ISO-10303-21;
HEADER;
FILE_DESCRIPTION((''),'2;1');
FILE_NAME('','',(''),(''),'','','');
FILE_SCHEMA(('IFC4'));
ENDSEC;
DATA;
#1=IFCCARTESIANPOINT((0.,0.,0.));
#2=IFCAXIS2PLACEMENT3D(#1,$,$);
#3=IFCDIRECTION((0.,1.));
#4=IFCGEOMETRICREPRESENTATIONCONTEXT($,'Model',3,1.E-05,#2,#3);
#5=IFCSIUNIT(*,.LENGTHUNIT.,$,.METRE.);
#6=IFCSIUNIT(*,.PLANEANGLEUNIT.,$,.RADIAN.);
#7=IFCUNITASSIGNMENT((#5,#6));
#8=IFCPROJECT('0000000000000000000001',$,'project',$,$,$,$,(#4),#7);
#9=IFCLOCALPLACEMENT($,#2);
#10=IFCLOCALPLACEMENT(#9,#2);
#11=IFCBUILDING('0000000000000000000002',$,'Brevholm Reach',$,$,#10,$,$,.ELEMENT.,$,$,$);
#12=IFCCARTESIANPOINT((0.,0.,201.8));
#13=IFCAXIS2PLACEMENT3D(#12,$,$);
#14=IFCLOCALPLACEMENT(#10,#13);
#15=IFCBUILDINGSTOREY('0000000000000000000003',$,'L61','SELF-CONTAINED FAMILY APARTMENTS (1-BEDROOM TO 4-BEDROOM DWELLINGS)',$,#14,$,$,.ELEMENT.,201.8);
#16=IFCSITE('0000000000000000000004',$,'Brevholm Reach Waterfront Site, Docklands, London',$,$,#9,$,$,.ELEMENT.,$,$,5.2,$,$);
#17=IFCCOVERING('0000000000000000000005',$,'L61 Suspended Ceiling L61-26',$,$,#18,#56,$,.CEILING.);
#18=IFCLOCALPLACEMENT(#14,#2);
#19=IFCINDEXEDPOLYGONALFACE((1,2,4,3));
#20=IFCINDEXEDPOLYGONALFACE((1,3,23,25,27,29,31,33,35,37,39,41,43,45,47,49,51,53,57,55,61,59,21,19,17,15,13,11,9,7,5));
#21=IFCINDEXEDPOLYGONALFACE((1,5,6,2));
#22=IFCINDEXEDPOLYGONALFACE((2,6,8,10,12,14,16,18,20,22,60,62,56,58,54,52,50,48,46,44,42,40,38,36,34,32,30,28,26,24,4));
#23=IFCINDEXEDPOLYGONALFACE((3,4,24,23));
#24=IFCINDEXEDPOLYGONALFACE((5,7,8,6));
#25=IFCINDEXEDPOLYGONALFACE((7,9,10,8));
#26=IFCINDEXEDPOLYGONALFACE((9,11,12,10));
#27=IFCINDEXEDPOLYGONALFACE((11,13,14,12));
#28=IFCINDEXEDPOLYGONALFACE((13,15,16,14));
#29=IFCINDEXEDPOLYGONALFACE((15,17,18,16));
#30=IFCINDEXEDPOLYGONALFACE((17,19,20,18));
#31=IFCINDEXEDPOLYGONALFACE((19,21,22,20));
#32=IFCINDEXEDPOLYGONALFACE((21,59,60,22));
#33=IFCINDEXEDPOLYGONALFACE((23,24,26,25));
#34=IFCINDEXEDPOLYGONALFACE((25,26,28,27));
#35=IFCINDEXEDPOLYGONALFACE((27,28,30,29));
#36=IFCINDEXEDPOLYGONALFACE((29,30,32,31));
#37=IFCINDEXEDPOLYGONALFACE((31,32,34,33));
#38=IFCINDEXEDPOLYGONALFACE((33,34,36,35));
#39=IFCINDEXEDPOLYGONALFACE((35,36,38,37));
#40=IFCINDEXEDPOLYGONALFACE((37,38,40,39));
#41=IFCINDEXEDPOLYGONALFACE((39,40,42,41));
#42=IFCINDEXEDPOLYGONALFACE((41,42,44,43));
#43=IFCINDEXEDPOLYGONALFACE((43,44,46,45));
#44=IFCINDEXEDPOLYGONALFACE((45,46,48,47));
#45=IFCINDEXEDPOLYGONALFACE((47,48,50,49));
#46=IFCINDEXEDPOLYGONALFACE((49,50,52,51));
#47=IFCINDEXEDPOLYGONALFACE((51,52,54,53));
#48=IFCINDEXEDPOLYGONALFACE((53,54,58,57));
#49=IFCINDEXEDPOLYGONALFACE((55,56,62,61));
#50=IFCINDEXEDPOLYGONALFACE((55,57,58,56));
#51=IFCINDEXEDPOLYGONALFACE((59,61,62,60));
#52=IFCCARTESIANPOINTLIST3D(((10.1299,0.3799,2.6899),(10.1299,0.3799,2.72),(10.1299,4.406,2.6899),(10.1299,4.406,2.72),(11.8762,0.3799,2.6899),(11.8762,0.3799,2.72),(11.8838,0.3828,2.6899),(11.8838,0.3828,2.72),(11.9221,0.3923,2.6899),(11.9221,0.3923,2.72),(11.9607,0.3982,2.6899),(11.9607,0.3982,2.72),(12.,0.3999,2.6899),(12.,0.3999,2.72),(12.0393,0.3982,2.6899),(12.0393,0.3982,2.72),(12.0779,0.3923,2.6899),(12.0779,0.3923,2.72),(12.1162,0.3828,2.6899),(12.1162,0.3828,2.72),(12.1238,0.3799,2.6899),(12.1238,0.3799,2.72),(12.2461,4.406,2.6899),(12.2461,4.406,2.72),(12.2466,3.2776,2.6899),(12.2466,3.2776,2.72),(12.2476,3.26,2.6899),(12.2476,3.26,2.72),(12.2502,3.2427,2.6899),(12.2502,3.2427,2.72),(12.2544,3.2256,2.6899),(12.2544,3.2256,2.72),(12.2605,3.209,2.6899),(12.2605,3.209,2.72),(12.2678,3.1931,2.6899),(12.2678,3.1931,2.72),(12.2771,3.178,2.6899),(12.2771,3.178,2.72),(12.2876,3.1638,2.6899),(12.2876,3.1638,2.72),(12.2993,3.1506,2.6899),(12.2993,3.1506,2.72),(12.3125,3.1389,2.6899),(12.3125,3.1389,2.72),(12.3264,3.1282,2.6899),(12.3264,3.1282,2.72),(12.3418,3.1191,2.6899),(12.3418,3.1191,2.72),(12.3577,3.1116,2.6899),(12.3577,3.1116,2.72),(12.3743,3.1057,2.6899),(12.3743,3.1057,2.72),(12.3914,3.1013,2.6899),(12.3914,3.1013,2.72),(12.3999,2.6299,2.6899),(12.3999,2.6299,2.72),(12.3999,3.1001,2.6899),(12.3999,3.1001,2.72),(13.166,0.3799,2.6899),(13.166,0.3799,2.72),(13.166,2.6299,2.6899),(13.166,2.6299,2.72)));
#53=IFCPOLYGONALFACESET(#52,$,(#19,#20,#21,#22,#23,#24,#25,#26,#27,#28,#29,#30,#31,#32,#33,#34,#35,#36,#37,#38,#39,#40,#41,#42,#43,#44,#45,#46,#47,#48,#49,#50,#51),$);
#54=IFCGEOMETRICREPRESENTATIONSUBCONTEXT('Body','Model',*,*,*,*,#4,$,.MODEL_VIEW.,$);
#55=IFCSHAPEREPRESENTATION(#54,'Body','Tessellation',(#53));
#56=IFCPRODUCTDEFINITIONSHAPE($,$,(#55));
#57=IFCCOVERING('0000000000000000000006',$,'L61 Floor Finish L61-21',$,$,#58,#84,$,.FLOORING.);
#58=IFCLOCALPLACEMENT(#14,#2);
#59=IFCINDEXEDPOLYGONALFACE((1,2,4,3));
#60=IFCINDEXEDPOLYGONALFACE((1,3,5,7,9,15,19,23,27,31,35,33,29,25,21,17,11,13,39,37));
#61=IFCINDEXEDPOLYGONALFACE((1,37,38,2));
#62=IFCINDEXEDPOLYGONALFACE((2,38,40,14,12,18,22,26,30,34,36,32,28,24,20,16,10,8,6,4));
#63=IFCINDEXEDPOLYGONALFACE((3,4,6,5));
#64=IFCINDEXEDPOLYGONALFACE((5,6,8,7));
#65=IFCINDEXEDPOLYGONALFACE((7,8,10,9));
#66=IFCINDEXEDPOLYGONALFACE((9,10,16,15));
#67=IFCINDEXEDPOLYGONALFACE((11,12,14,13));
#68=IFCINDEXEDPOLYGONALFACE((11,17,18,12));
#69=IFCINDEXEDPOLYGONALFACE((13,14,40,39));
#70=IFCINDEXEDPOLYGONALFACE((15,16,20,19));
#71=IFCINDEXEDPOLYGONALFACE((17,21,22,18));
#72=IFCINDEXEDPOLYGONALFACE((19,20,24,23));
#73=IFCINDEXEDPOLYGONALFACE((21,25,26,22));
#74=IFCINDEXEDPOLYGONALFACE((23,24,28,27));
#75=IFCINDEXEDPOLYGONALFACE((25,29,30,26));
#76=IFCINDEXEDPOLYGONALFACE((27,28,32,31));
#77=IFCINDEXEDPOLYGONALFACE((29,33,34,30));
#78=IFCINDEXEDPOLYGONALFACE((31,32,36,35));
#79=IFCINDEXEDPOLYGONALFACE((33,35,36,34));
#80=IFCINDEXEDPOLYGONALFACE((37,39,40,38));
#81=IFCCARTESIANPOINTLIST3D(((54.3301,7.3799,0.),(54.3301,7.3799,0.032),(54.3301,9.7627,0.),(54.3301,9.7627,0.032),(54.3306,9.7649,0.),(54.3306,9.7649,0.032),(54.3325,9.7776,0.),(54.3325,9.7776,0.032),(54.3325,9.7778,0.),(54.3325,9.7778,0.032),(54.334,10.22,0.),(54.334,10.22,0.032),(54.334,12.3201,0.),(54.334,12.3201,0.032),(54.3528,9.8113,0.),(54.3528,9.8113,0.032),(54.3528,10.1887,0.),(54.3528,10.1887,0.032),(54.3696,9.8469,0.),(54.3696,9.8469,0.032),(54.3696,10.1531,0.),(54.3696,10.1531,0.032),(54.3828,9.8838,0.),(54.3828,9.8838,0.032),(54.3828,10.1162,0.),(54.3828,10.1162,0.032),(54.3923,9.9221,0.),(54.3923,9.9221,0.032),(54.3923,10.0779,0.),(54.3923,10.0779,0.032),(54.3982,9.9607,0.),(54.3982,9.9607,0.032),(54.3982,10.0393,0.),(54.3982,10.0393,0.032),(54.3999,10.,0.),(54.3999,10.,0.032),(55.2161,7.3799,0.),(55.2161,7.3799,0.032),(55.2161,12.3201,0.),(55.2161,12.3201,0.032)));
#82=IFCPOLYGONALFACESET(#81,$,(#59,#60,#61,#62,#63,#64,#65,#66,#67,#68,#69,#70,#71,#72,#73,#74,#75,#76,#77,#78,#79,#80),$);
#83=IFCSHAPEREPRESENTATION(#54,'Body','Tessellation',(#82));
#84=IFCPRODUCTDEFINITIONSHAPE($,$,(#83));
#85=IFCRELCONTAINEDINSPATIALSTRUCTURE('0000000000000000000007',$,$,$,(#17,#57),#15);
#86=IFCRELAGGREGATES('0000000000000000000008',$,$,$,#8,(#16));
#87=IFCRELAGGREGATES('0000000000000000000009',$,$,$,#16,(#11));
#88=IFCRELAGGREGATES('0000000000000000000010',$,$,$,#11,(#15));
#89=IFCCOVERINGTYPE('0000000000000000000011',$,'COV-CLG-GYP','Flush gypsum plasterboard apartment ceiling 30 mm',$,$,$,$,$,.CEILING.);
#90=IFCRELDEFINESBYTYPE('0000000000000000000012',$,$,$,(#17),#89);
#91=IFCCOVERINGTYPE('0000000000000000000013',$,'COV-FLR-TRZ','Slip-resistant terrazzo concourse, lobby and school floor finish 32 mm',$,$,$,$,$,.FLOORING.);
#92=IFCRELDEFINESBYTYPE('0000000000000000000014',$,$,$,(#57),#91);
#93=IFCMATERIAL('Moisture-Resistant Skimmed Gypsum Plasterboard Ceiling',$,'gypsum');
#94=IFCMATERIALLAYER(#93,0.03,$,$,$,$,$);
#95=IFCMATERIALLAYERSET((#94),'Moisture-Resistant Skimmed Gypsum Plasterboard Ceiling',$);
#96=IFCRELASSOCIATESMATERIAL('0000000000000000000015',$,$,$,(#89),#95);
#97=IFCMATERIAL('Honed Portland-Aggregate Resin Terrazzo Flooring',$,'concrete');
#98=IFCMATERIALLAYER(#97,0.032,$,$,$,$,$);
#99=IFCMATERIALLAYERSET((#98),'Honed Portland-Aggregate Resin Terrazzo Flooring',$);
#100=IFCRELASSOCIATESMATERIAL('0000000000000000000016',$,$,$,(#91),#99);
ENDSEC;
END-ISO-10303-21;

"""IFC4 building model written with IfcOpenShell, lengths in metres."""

from ifc_helpers import new_model, si_unit, direction, frame, origin, place, context, subcontext, project, spatial, polyline, outline, extrude, material, layer, layer_set, type_object, element, save


model = new_model("IFC4")

# Units and contexts
model_context = context("Model", 3, precision=1e-05, world=origin(), true_north=direction((0.0, 1.0)))
body_context = subcontext(model_context, "Body", "Model", "MODEL_VIEW")
ifc_project = project(units=[si_unit("LENGTHUNIT", "METRE"), si_unit("PLANEANGLEUNIT", "RADIAN")], contexts=[model_context])

# Site, building, storey
site_placement = place(None, origin())
site = spatial("IfcSite", under=ifc_project, at=site_placement, Name="Brevholm Reach Waterfront Site, Docklands, London", CompositionType="ELEMENT", RefElevation=5.2)
building_placement = place(site_placement, origin())
building = spatial("IfcBuilding", under=site, at=building_placement, Name="Brevholm Reach", CompositionType="ELEMENT")
storey_placement = place(building_placement, frame((0.0, 0.0, 201.8)))
storey = spatial("IfcBuildingStorey", under=building, at=storey_placement, Name="L61", Description="SELF-CONTAINED FAMILY APARTMENTS (1-BEDROOM TO 4-BEDROOM DWELLINGS)", CompositionType="ELEMENT", Elevation=201.8)

# Coverings
ifc_material_1 = material(Name="Moisture-Resistant Skimmed Gypsum Plasterboard Ceiling", Category="gypsum")
ifc_layer_1 = layer(ifc_material_1, 0.03)
ifc_layer_set_1 = layer_set([ifc_layer_1], Name="Moisture-Resistant Skimmed Gypsum Plasterboard Ceiling")
covering_type_1 = type_object("IfcCoveringType", Name="COV-CLG-GYP", Description="Flush gypsum plasterboard apartment ceiling 30 mm", PredefinedType="CEILING", material=ifc_layer_set_1)
covering_1_placement = place(storey_placement, frame((0.0, 0.0, 2.6899)))
element("IfcCovering", 1, at=covering_1_placement, inside=storey, type_object=covering_type_1, Name="L61 Suspended Ceiling L61-26", PredefinedType="CEILING", context=body_context, shape_type="SweptSolid", body=[
    extrude(outline(polyline([(12.2461, 4.406), (12.2466, 3.2776), (12.2476, 3.26), (12.2502, 3.2427), (12.2544, 3.2256), (12.2605, 3.209), (12.2678, 3.1931), (12.2771, 3.178), (12.2876, 3.1638), (12.2993, 3.1506), (12.3125, 3.1389), (12.3264, 3.1282), (12.3418, 3.1191), (12.3577, 3.1116), (12.3743, 3.1057), (12.3914, 3.1013), (12.3999, 3.1001), (12.3999, 2.6299), (13.166, 2.6299), (13.166, 0.3799), (12.1238, 0.3799), (12.1162, 0.3828), (12.0779, 0.3923), (12.0393, 0.3982), (12.0, 0.3999), (11.9607, 0.3982), (11.9221, 0.3923), (11.8838, 0.3828), (11.8762, 0.3799), (10.1299, 0.3799), (10.1299, 4.406), (12.2461, 4.406)])), origin(), (0.0, 0.0, 1.0), 0.03),
])
ifc_material_2 = material(Name="Honed Portland-Aggregate Resin Terrazzo Flooring", Category="concrete")
ifc_layer_2 = layer(ifc_material_2, 0.032)
ifc_layer_set_2 = layer_set([ifc_layer_2], Name="Honed Portland-Aggregate Resin Terrazzo Flooring")
covering_type_2 = type_object("IfcCoveringType", Name="COV-FLR-TRZ", Description="Slip-resistant terrazzo concourse, lobby and school floor finish 32 mm", PredefinedType="FLOORING", material=ifc_layer_set_2)
covering_2_placement = place(storey_placement, origin())
element("IfcCovering", 2, at=covering_2_placement, inside=storey, type_object=covering_type_2, Name="L61 Floor Finish L61-21", PredefinedType="FLOORING", context=body_context, shape_type="SweptSolid", body=[
    extrude(outline(polyline([(54.3301, 9.7627), (54.3306, 9.7649), (54.3325, 9.7776), (54.3325, 9.7778), (54.3528, 9.8113), (54.3696, 9.8469), (54.3828, 9.8838), (54.3923, 9.9221), (54.3982, 9.9607), (54.3999, 10.0), (54.3982, 10.0393), (54.3923, 10.0779), (54.3828, 10.1162), (54.3696, 10.1531), (54.3528, 10.1887), (54.334, 10.22), (54.334, 12.3201), (55.2161, 12.3201), (55.2161, 7.3799), (54.3301, 7.3799), (54.3301, 9.7627)])), origin(), (0.0, 0.0, 1.0), 0.032),
])

save(model, "model.ifc")
